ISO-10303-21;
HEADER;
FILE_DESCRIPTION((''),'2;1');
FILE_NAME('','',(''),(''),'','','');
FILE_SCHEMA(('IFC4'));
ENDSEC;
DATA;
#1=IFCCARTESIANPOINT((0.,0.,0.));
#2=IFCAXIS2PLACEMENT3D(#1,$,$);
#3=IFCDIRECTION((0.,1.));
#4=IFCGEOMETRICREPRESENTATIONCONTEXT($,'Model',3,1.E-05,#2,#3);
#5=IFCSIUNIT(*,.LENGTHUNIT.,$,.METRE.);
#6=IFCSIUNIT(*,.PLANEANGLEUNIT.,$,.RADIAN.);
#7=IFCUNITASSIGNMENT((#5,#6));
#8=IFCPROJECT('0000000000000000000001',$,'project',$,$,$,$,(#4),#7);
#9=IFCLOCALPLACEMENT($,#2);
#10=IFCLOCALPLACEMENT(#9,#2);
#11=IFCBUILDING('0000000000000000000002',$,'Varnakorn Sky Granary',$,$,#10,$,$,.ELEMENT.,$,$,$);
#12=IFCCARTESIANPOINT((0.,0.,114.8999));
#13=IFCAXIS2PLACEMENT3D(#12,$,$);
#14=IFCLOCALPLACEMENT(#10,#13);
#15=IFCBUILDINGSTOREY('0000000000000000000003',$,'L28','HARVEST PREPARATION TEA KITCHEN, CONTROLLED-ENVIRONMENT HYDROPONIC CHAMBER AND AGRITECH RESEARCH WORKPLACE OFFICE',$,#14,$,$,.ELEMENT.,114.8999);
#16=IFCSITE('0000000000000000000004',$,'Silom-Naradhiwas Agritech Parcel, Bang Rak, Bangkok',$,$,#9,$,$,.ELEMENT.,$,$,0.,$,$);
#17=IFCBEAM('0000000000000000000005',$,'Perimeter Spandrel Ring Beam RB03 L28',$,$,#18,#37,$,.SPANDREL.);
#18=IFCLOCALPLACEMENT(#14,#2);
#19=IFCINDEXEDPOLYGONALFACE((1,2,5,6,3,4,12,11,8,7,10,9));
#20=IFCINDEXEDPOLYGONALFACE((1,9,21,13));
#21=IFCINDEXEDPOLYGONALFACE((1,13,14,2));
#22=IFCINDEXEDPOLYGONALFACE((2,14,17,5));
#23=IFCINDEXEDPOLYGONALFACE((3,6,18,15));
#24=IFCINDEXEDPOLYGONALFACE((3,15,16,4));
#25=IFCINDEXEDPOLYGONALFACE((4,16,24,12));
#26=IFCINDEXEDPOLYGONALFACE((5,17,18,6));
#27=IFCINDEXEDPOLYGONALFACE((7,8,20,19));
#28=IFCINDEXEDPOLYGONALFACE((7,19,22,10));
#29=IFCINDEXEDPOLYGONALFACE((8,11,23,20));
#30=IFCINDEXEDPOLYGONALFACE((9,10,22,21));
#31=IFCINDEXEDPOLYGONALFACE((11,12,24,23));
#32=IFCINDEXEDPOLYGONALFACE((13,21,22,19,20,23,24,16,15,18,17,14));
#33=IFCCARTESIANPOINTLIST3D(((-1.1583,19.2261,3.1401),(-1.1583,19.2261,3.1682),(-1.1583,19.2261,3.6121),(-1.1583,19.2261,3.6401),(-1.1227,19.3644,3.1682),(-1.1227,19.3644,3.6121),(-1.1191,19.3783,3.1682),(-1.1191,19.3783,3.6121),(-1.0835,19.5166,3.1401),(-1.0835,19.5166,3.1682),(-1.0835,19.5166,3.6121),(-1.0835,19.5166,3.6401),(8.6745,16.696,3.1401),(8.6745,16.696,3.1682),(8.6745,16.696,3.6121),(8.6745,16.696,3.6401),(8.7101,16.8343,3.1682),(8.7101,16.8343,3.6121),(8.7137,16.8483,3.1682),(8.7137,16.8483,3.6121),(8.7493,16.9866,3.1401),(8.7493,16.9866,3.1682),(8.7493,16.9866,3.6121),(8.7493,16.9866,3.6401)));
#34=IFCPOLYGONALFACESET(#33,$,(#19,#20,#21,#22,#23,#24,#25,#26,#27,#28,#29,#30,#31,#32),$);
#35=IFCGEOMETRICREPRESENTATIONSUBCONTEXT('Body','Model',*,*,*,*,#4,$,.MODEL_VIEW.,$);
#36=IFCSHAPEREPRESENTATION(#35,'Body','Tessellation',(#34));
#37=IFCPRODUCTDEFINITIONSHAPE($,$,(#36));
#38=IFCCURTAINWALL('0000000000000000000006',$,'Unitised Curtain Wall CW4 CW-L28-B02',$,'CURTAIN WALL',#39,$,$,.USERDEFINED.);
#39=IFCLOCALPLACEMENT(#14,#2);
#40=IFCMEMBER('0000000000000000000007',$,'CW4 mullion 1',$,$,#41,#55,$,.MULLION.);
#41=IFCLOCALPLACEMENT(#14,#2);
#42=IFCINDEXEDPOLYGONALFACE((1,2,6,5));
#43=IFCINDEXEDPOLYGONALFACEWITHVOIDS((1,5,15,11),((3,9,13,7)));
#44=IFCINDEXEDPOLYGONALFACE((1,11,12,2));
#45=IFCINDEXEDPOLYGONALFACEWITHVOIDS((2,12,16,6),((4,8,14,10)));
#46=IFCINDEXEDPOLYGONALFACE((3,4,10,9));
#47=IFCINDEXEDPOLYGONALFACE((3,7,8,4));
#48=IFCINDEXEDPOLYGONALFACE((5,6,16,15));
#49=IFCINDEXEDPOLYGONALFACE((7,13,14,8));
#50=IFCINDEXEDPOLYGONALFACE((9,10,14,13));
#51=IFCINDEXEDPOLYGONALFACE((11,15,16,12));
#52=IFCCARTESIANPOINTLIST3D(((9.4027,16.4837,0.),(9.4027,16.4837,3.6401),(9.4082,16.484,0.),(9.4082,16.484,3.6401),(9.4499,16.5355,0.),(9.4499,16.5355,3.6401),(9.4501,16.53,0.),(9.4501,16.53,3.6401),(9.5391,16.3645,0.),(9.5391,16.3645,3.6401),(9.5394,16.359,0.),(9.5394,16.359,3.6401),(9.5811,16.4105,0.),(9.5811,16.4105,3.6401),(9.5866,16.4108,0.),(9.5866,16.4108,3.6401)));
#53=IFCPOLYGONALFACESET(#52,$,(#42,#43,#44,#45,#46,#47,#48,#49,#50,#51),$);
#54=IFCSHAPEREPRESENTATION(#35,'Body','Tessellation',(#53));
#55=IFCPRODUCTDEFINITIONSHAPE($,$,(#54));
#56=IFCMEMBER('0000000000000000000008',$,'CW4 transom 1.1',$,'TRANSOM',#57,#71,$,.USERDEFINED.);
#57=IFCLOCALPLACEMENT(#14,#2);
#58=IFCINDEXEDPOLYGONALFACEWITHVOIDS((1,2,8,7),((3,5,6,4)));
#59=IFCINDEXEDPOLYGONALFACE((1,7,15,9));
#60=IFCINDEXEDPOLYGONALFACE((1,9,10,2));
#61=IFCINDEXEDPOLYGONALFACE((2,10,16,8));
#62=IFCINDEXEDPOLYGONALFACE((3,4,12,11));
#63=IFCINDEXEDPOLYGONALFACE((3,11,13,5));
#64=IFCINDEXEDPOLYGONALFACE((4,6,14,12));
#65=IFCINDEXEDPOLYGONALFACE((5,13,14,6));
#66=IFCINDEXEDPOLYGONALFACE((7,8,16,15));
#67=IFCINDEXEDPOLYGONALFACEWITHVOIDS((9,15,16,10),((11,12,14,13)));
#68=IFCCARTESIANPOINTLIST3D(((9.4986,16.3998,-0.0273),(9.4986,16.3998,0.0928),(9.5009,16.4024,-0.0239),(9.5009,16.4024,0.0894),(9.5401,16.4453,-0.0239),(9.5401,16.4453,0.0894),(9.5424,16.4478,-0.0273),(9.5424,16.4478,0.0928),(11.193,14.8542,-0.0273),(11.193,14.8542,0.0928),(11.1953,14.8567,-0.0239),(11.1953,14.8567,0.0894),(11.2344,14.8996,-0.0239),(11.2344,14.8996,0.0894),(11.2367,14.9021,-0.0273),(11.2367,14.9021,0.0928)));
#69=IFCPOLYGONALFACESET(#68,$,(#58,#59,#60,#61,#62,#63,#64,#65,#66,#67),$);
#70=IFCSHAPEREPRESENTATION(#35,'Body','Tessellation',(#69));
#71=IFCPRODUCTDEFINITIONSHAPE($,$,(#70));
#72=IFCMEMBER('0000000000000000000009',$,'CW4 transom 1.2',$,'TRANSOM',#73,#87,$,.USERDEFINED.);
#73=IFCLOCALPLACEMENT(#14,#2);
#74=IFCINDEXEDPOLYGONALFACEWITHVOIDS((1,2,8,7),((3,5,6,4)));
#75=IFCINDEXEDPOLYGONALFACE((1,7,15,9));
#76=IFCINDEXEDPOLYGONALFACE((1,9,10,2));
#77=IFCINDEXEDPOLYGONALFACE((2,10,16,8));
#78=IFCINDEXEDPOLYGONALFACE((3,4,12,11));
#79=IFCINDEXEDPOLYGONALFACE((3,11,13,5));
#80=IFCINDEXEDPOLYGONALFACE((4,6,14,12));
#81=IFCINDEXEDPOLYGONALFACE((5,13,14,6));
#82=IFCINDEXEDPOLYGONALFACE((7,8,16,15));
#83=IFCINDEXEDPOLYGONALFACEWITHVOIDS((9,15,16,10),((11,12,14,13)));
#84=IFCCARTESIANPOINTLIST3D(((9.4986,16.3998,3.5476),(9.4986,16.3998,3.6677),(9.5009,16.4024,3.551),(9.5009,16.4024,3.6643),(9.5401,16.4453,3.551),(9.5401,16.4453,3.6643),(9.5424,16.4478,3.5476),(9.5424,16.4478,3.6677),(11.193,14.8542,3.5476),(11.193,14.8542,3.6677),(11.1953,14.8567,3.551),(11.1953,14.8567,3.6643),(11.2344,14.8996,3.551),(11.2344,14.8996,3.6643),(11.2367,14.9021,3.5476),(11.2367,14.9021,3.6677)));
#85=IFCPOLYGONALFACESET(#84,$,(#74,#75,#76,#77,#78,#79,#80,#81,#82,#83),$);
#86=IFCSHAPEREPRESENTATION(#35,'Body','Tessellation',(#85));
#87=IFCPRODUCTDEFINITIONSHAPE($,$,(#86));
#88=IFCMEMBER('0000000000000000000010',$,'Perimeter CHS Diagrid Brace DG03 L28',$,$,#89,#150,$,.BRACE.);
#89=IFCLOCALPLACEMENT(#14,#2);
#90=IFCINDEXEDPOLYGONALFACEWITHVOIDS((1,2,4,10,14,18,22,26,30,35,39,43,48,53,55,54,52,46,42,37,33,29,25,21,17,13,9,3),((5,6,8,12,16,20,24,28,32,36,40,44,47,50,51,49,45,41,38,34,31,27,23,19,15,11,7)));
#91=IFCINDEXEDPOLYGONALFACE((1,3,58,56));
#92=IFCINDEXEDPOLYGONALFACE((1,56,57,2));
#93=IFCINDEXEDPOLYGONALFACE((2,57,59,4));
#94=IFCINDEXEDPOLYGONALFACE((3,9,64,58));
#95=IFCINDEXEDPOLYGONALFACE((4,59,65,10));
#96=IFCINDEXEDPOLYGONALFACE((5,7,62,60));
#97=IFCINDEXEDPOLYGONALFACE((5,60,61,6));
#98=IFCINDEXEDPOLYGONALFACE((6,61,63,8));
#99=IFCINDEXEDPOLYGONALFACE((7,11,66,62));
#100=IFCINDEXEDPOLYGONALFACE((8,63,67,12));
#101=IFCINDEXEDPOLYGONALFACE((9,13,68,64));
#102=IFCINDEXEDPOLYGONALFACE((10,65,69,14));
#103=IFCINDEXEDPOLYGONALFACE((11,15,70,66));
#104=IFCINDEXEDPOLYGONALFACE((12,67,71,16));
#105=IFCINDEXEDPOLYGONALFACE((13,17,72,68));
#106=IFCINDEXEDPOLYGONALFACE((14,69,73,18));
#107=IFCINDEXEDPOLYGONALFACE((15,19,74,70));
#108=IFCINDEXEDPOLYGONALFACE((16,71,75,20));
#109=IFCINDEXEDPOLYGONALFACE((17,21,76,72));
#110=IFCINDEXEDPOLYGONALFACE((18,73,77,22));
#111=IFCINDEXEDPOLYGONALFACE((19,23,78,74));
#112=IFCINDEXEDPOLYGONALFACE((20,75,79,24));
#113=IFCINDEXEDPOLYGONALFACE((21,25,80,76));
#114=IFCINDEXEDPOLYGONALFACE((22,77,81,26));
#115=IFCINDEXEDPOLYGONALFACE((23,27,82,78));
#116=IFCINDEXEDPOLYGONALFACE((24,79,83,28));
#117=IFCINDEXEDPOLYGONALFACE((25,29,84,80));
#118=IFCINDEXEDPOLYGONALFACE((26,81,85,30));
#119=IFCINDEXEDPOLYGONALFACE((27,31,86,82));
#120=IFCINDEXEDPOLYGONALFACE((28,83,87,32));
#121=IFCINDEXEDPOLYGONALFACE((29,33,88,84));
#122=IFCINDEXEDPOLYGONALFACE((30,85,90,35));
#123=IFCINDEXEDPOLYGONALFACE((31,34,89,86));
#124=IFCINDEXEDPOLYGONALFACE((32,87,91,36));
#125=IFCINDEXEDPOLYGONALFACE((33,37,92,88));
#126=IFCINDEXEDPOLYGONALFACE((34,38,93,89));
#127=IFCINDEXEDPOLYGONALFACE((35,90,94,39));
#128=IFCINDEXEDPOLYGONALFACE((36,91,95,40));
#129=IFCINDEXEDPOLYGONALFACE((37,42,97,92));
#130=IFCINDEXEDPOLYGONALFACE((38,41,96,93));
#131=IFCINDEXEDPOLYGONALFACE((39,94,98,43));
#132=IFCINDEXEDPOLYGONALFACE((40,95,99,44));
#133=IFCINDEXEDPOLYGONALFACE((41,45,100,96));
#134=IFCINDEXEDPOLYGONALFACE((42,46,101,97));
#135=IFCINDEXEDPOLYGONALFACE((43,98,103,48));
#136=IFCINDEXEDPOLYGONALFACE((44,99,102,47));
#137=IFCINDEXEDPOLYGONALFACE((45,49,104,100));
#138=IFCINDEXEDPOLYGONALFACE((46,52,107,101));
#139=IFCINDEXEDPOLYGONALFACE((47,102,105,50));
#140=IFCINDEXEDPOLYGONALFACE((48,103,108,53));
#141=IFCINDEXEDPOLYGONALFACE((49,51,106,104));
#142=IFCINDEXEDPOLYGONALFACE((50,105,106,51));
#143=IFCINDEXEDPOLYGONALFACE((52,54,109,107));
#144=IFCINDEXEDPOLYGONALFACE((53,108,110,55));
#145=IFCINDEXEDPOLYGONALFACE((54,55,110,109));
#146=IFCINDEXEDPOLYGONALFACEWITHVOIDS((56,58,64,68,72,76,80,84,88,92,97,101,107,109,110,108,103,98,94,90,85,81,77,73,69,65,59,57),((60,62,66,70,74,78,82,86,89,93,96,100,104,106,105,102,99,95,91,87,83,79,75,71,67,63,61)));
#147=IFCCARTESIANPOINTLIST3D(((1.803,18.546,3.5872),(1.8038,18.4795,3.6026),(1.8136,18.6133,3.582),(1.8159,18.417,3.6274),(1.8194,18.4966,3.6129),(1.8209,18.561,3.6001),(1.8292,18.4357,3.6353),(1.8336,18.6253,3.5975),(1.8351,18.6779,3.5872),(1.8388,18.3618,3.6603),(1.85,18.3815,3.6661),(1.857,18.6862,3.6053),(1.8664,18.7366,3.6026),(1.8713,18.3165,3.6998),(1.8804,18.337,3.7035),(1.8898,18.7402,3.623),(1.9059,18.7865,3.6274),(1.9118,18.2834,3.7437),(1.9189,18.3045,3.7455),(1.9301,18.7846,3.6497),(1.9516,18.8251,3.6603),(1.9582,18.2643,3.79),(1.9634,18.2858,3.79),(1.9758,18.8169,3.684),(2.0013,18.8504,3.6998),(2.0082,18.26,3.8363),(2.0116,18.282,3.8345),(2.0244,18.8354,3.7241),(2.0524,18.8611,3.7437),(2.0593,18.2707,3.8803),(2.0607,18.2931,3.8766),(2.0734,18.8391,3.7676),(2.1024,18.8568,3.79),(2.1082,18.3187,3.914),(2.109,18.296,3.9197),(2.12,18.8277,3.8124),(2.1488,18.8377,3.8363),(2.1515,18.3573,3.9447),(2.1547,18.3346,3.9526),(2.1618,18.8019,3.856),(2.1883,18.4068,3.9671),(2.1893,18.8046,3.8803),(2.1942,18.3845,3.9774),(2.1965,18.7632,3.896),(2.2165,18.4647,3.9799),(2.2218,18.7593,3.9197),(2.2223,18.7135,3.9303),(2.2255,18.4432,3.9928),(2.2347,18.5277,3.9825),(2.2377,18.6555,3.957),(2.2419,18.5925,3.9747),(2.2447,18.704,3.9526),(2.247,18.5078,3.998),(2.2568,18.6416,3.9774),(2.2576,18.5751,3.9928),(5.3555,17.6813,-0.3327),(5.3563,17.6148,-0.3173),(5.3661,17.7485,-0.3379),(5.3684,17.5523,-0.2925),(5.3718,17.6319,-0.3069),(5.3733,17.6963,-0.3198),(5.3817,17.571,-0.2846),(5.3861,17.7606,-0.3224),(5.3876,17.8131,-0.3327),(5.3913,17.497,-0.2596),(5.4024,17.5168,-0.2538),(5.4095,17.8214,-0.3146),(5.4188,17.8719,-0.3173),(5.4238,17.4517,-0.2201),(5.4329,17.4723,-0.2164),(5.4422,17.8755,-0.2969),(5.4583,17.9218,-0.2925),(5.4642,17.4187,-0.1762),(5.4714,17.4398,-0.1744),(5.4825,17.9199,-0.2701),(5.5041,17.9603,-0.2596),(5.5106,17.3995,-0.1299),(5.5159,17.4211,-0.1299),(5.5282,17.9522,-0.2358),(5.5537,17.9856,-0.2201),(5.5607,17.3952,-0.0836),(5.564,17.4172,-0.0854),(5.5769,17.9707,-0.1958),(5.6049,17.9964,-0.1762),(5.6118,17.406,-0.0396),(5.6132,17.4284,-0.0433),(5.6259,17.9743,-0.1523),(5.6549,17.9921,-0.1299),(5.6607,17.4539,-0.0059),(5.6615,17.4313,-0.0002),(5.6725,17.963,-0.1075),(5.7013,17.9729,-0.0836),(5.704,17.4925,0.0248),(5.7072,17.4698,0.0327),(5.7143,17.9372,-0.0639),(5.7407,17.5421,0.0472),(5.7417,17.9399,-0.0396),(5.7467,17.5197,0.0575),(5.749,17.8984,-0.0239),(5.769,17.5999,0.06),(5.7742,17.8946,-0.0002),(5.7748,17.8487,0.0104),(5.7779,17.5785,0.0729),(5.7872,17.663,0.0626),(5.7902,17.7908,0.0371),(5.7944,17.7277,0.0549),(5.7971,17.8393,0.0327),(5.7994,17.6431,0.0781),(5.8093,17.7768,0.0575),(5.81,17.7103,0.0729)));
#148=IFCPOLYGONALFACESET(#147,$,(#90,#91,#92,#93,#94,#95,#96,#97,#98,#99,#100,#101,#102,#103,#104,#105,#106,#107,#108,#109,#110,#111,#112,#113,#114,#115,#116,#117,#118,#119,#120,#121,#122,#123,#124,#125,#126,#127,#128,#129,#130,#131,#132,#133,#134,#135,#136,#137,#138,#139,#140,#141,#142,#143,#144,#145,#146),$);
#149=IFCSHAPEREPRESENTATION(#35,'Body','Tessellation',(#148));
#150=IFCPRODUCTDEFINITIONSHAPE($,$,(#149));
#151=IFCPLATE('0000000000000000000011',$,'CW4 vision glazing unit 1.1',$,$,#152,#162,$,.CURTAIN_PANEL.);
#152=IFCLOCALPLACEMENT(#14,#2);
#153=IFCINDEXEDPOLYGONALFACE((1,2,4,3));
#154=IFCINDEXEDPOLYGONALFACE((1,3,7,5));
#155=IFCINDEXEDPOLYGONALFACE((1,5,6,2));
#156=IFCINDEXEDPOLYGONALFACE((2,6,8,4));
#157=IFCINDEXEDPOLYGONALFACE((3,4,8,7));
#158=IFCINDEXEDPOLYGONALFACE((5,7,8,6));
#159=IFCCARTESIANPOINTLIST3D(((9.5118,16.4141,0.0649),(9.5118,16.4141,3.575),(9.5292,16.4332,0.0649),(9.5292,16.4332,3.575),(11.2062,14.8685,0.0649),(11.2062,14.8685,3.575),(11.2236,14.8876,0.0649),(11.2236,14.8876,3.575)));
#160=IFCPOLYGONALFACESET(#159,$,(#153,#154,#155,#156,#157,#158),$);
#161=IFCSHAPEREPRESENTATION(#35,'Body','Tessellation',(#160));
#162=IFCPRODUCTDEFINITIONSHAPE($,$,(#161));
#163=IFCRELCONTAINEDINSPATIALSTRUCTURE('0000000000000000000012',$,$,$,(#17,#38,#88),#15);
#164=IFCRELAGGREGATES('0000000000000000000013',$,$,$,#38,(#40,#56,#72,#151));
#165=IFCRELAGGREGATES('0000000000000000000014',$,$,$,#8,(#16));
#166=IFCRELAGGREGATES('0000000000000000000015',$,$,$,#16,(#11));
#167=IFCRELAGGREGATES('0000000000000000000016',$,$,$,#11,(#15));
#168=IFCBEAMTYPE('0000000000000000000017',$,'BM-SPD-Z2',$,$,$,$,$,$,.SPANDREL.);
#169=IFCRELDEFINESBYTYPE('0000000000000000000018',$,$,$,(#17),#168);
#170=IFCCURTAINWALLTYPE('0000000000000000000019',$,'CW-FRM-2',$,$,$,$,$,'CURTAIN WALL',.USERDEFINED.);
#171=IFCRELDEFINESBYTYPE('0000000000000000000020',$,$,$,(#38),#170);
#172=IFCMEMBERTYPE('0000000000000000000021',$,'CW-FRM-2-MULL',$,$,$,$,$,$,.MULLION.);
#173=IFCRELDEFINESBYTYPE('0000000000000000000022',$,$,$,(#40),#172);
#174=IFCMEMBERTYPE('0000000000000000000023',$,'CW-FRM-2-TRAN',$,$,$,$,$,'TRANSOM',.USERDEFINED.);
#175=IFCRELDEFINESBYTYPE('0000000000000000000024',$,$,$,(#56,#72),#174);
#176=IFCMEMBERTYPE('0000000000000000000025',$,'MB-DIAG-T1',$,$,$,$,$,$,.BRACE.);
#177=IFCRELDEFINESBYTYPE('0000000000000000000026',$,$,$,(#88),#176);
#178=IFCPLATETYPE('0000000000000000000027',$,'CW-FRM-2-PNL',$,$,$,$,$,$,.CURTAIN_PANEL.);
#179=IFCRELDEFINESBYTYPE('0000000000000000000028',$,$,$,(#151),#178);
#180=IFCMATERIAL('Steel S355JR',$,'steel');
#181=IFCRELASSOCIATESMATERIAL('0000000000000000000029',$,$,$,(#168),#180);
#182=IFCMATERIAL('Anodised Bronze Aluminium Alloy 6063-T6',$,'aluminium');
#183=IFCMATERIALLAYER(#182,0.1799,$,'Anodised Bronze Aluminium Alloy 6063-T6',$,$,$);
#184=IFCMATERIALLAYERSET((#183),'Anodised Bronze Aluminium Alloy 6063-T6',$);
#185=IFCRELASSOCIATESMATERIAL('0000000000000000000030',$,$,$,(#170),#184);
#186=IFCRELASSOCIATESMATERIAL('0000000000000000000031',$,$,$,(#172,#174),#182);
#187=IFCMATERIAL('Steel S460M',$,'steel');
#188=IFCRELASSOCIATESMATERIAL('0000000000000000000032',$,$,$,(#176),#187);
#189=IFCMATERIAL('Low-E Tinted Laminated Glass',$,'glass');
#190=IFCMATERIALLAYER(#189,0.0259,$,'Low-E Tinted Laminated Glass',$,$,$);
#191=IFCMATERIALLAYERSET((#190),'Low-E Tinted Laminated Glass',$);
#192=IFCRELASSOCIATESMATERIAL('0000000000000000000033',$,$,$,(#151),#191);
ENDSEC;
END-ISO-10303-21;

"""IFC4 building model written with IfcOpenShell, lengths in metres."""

from ifc_helpers import new_model, si_unit, direction, frame, origin, origin_2d, place, context, subcontext, project, spatial, rectangle, hollow_rectangle, hollow_circle, i_section, extrude, source, transform, mapped, material, layer, layer_set, material_profile, profile_set, type_object, type_shapes, element, aggregate, save


model = new_model("IFC4")

# Units and contexts
model_context = context("Model", 3, precision=1e-05, world=origin(), true_north=direction((0.0, 1.0)))
body_context = subcontext(model_context, "Body", "Model", "MODEL_VIEW")
ifc_project = project(units=[si_unit("LENGTHUNIT", "METRE"), si_unit("PLANEANGLEUNIT", "RADIAN")], contexts=[model_context])

# Site, building, storey
site_placement = place(None, origin())
site = spatial("IfcSite", under=ifc_project, at=site_placement, Name="Silom-Naradhiwas Agritech Parcel, Bang Rak, Bangkok", CompositionType="ELEMENT", RefElevation=0.0)
building_placement = place(site_placement, origin())
building = spatial("IfcBuilding", under=site, at=building_placement, Name="Varnakorn Sky Granary", CompositionType="ELEMENT")
storey_placement = place(building_placement, frame((0.0, 0.0, 114.8999)))
storey = spatial("IfcBuildingStorey", under=building, at=storey_placement, Name="L28", Description="HARVEST PREPARATION TEA KITCHEN, CONTROLLED-ENVIRONMENT HYDROPONIC CHAMBER AND AGRITECH RESEARCH WORKPLACE OFFICE", CompositionType="ELEMENT", Elevation=114.8999)

# Shared definitions
ifc_material_1 = material(Name="Steel S460M", Category="steel")

# Beam
ifc_material_2 = material(Name="Steel S355JR", Category="steel")
ifc_material_profile_1 = material_profile(ifc_material_2, i_section(OverallWidth=0.3, OverallDepth=0.5, WebThickness=0.0144, FlangeThickness=0.0281, at=origin_2d()), Name="HE 500 B")
ifc_profile_set_1 = profile_set([ifc_material_profile_1], Name="Steel S355JR")
beam_type_1 = type_object("IfcBeamType", Name="BM-SPD-Z2", PredefinedType="SPANDREL", material=ifc_profile_set_1)
beam_1_placement = place(storey_placement, frame((8.7119, 16.8413, 3.3901), z_axis=(-0.968455, 0.249189, 0.0), x_axis=(-0.249189, -0.968455, 0.0)))
element("IfcBeam", 1, at=beam_1_placement, inside=storey, type_object=beam_type_1, Name="Perimeter Spandrel Ring Beam RB03 L28", PredefinedType="SPANDREL", context=body_context, shape_type="SweptSolid", body=[
    extrude(i_section(OverallWidth=0.3, OverallDepth=0.5, WebThickness=0.0144, FlangeThickness=0.0281, at=origin_2d()), origin(), (0.0, 0.0, 1.0), 10.1531),
])

# Curtain wall, members
ifc_material_3 = material(Name="Anodised Bronze Aluminium Alloy 6063-T6", Category="aluminium")
ifc_layer_1 = layer(ifc_material_3, 0.1799, Name="Anodised Bronze Aluminium Alloy 6063-T6")
ifc_layer_set_1 = layer_set([ifc_layer_1], Name="Anodised Bronze Aluminium Alloy 6063-T6")
curtain_wall_type = type_object("IfcCurtainWallType", Name="CW-FRM-2", ElementType="CURTAIN WALL", PredefinedType="USERDEFINED", material=ifc_layer_set_1)
curtain_wall_placement = place(storey_placement, origin())
curtain_wall = element("IfcCurtainWall", 2, at=curtain_wall_placement, inside=storey, type_object=curtain_wall_type, Name="Unitised Curtain Wall CW4 CW-L28-B02", ObjectType="CURTAIN WALL", PredefinedType="USERDEFINED")
ifc_material_profile_2 = material_profile(ifc_material_3, hollow_rectangle(XDim=0.0701, YDim=0.1851, WallThickness=0.0039, at=origin_2d()), Name="ALU MULL 70x185")
ifc_profile_set_2 = profile_set([ifc_material_profile_2], Name="Anodised Bronze Aluminium Alloy 6063-T6")
member_type_1 = type_object("IfcMemberType", Name="CW-FRM-2-MULL", PredefinedType="MULLION", material=ifc_profile_set_2)
member_1_placement = place(storey_placement, frame((9.4946, 16.4473, 0.0), z_axis=(0.0, 0.0, 1.0), x_axis=(0.673925, 0.7388, 0.0)))
member_1 = element("IfcMember", 3, at=member_1_placement, type_object=member_type_1, Name="CW4 mullion 1", PredefinedType="MULLION", context=body_context, shape_type="SweptSolid", body=[
    extrude(hollow_rectangle(XDim=0.0701, YDim=0.1851, WallThickness=0.0039, at=origin_2d()), origin(), (0.0, 0.0, 1.0), 3.6401),
])
ifc_material_profile_3 = material_profile(ifc_material_3, hollow_rectangle(XDim=0.0649, YDim=0.1201, WallThickness=0.0034, at=origin_2d()), Name="ALU TRAN 65x120")
ifc_profile_set_3 = profile_set([ifc_material_profile_3], Name="Anodised Bronze Aluminium Alloy 6063-T6")
member_type_2 = type_object("IfcMemberType", Name="CW-FRM-2-TRAN", ElementType="TRANSOM", PredefinedType="USERDEFINED", material=ifc_profile_set_3)
member_2_placement = place(storey_placement, frame((9.5205, 16.4238, 0.0327), z_axis=(0.738778, -0.673949, 0.0), x_axis=(0.673949, 0.738778, 0.0)))
member_2 = element("IfcMember", 4, at=member_2_placement, type_object=member_type_2, Name="CW4 transom 1.1", ObjectType="TRANSOM", PredefinedType="USERDEFINED", context=body_context, shape_type="SweptSolid", body=[
    extrude(hollow_rectangle(XDim=0.0649, YDim=0.1201, WallThickness=0.0034, at=origin_2d()), origin(), (0.0, 0.0, 1.0), 2.2935),
])
member_3_placement = place(storey_placement, frame((9.5205, 16.4238, 3.6077), z_axis=(0.738778, -0.673949, 0.0), x_axis=(0.673949, 0.738778, 0.0)))
member_3 = element("IfcMember", 5, at=member_3_placement, type_object=member_type_2, Name="CW4 transom 1.2", ObjectType="TRANSOM", PredefinedType="USERDEFINED", context=body_context, shape_type="SweptSolid", body=[
    extrude(hollow_rectangle(XDim=0.0649, YDim=0.1201, WallThickness=0.0034, at=origin_2d()), origin(), (0.0, 0.0, 1.0), 2.2935),
])

# Member
ifc_material_profile_4 = material_profile(ifc_material_1, hollow_circle(Radius=0.3049, WallThickness=0.0222, at=origin_2d()), Name="CHS 610x22")
ifc_profile_set_4 = profile_set([ifc_material_profile_4], Name="Steel S460M")
member_type_3 = type_object("IfcMemberType", Name="MB-DIAG-T1", PredefinedType="BRACE", material=ifc_profile_set_4)
member_4_placement = place(storey_placement, frame((5.5828, 17.6958, -0.1299), z_axis=(-0.66273, 0.161322, 0.731276), x_axis=(-0.236513, -0.971628, 0.0)))
element("IfcMember", 6, at=member_4_placement, inside=storey, type_object=member_type_3, Name="Perimeter CHS Diagrid Brace DG03 L28", PredefinedType="BRACE", context=body_context, shape_type="SweptSolid", body=[
    extrude(hollow_circle(Radius=0.3049, WallThickness=0.0222, at=origin_2d()), origin(), (0.0, 0.0, 1.0), 5.3604),
])

# Plate
ifc_material_4 = material(Name="Low-E Tinted Laminated Glass", Category="glass")
ifc_layer_2 = layer(ifc_material_4, 0.0259, Name="Low-E Tinted Laminated Glass")
ifc_layer_set_2 = layer_set([ifc_layer_2], Name="Low-E Tinted Laminated Glass")
plate_type = type_object("IfcPlateType", Name="CW-FRM-2-PNL", PredefinedType="CURTAIN_PANEL")
shared_shape_1 = source(origin(), body_context, "Body", "SweptSolid", [
    extrude(rectangle(XDim=2.2935, YDim=0.0259, at=origin_2d()), origin(), (0.0, 0.0, 1.0), 3.51),
])
type_shapes(plate_type, [shared_shape_1])
plate_placement = place(storey_placement, frame((10.3677, 15.6509, 0.0649), z_axis=(0.0, 0.0, 1.0), x_axis=(0.7388, -0.673925, 0.0)))
plate = element("IfcPlate", 7, at=plate_placement, type_object=plate_type, material=ifc_layer_set_2, Name="CW4 vision glazing unit 1.1", PredefinedType="CURTAIN_PANEL", context=body_context, shape_type="MappedRepresentation", body=[
    mapped(shared_shape_1, transform((0.0, 0.0, 0.0), x_axis=(1.0, 0.0, 0.0), y_axis=(0.0, 1.0, 0.0), z_axis=(0.0, 0.0, 1.0), scale=1.0)),
])
aggregate(curtain_wall, [member_1, member_2, member_3, plate])

save(model, "model.ifc")
